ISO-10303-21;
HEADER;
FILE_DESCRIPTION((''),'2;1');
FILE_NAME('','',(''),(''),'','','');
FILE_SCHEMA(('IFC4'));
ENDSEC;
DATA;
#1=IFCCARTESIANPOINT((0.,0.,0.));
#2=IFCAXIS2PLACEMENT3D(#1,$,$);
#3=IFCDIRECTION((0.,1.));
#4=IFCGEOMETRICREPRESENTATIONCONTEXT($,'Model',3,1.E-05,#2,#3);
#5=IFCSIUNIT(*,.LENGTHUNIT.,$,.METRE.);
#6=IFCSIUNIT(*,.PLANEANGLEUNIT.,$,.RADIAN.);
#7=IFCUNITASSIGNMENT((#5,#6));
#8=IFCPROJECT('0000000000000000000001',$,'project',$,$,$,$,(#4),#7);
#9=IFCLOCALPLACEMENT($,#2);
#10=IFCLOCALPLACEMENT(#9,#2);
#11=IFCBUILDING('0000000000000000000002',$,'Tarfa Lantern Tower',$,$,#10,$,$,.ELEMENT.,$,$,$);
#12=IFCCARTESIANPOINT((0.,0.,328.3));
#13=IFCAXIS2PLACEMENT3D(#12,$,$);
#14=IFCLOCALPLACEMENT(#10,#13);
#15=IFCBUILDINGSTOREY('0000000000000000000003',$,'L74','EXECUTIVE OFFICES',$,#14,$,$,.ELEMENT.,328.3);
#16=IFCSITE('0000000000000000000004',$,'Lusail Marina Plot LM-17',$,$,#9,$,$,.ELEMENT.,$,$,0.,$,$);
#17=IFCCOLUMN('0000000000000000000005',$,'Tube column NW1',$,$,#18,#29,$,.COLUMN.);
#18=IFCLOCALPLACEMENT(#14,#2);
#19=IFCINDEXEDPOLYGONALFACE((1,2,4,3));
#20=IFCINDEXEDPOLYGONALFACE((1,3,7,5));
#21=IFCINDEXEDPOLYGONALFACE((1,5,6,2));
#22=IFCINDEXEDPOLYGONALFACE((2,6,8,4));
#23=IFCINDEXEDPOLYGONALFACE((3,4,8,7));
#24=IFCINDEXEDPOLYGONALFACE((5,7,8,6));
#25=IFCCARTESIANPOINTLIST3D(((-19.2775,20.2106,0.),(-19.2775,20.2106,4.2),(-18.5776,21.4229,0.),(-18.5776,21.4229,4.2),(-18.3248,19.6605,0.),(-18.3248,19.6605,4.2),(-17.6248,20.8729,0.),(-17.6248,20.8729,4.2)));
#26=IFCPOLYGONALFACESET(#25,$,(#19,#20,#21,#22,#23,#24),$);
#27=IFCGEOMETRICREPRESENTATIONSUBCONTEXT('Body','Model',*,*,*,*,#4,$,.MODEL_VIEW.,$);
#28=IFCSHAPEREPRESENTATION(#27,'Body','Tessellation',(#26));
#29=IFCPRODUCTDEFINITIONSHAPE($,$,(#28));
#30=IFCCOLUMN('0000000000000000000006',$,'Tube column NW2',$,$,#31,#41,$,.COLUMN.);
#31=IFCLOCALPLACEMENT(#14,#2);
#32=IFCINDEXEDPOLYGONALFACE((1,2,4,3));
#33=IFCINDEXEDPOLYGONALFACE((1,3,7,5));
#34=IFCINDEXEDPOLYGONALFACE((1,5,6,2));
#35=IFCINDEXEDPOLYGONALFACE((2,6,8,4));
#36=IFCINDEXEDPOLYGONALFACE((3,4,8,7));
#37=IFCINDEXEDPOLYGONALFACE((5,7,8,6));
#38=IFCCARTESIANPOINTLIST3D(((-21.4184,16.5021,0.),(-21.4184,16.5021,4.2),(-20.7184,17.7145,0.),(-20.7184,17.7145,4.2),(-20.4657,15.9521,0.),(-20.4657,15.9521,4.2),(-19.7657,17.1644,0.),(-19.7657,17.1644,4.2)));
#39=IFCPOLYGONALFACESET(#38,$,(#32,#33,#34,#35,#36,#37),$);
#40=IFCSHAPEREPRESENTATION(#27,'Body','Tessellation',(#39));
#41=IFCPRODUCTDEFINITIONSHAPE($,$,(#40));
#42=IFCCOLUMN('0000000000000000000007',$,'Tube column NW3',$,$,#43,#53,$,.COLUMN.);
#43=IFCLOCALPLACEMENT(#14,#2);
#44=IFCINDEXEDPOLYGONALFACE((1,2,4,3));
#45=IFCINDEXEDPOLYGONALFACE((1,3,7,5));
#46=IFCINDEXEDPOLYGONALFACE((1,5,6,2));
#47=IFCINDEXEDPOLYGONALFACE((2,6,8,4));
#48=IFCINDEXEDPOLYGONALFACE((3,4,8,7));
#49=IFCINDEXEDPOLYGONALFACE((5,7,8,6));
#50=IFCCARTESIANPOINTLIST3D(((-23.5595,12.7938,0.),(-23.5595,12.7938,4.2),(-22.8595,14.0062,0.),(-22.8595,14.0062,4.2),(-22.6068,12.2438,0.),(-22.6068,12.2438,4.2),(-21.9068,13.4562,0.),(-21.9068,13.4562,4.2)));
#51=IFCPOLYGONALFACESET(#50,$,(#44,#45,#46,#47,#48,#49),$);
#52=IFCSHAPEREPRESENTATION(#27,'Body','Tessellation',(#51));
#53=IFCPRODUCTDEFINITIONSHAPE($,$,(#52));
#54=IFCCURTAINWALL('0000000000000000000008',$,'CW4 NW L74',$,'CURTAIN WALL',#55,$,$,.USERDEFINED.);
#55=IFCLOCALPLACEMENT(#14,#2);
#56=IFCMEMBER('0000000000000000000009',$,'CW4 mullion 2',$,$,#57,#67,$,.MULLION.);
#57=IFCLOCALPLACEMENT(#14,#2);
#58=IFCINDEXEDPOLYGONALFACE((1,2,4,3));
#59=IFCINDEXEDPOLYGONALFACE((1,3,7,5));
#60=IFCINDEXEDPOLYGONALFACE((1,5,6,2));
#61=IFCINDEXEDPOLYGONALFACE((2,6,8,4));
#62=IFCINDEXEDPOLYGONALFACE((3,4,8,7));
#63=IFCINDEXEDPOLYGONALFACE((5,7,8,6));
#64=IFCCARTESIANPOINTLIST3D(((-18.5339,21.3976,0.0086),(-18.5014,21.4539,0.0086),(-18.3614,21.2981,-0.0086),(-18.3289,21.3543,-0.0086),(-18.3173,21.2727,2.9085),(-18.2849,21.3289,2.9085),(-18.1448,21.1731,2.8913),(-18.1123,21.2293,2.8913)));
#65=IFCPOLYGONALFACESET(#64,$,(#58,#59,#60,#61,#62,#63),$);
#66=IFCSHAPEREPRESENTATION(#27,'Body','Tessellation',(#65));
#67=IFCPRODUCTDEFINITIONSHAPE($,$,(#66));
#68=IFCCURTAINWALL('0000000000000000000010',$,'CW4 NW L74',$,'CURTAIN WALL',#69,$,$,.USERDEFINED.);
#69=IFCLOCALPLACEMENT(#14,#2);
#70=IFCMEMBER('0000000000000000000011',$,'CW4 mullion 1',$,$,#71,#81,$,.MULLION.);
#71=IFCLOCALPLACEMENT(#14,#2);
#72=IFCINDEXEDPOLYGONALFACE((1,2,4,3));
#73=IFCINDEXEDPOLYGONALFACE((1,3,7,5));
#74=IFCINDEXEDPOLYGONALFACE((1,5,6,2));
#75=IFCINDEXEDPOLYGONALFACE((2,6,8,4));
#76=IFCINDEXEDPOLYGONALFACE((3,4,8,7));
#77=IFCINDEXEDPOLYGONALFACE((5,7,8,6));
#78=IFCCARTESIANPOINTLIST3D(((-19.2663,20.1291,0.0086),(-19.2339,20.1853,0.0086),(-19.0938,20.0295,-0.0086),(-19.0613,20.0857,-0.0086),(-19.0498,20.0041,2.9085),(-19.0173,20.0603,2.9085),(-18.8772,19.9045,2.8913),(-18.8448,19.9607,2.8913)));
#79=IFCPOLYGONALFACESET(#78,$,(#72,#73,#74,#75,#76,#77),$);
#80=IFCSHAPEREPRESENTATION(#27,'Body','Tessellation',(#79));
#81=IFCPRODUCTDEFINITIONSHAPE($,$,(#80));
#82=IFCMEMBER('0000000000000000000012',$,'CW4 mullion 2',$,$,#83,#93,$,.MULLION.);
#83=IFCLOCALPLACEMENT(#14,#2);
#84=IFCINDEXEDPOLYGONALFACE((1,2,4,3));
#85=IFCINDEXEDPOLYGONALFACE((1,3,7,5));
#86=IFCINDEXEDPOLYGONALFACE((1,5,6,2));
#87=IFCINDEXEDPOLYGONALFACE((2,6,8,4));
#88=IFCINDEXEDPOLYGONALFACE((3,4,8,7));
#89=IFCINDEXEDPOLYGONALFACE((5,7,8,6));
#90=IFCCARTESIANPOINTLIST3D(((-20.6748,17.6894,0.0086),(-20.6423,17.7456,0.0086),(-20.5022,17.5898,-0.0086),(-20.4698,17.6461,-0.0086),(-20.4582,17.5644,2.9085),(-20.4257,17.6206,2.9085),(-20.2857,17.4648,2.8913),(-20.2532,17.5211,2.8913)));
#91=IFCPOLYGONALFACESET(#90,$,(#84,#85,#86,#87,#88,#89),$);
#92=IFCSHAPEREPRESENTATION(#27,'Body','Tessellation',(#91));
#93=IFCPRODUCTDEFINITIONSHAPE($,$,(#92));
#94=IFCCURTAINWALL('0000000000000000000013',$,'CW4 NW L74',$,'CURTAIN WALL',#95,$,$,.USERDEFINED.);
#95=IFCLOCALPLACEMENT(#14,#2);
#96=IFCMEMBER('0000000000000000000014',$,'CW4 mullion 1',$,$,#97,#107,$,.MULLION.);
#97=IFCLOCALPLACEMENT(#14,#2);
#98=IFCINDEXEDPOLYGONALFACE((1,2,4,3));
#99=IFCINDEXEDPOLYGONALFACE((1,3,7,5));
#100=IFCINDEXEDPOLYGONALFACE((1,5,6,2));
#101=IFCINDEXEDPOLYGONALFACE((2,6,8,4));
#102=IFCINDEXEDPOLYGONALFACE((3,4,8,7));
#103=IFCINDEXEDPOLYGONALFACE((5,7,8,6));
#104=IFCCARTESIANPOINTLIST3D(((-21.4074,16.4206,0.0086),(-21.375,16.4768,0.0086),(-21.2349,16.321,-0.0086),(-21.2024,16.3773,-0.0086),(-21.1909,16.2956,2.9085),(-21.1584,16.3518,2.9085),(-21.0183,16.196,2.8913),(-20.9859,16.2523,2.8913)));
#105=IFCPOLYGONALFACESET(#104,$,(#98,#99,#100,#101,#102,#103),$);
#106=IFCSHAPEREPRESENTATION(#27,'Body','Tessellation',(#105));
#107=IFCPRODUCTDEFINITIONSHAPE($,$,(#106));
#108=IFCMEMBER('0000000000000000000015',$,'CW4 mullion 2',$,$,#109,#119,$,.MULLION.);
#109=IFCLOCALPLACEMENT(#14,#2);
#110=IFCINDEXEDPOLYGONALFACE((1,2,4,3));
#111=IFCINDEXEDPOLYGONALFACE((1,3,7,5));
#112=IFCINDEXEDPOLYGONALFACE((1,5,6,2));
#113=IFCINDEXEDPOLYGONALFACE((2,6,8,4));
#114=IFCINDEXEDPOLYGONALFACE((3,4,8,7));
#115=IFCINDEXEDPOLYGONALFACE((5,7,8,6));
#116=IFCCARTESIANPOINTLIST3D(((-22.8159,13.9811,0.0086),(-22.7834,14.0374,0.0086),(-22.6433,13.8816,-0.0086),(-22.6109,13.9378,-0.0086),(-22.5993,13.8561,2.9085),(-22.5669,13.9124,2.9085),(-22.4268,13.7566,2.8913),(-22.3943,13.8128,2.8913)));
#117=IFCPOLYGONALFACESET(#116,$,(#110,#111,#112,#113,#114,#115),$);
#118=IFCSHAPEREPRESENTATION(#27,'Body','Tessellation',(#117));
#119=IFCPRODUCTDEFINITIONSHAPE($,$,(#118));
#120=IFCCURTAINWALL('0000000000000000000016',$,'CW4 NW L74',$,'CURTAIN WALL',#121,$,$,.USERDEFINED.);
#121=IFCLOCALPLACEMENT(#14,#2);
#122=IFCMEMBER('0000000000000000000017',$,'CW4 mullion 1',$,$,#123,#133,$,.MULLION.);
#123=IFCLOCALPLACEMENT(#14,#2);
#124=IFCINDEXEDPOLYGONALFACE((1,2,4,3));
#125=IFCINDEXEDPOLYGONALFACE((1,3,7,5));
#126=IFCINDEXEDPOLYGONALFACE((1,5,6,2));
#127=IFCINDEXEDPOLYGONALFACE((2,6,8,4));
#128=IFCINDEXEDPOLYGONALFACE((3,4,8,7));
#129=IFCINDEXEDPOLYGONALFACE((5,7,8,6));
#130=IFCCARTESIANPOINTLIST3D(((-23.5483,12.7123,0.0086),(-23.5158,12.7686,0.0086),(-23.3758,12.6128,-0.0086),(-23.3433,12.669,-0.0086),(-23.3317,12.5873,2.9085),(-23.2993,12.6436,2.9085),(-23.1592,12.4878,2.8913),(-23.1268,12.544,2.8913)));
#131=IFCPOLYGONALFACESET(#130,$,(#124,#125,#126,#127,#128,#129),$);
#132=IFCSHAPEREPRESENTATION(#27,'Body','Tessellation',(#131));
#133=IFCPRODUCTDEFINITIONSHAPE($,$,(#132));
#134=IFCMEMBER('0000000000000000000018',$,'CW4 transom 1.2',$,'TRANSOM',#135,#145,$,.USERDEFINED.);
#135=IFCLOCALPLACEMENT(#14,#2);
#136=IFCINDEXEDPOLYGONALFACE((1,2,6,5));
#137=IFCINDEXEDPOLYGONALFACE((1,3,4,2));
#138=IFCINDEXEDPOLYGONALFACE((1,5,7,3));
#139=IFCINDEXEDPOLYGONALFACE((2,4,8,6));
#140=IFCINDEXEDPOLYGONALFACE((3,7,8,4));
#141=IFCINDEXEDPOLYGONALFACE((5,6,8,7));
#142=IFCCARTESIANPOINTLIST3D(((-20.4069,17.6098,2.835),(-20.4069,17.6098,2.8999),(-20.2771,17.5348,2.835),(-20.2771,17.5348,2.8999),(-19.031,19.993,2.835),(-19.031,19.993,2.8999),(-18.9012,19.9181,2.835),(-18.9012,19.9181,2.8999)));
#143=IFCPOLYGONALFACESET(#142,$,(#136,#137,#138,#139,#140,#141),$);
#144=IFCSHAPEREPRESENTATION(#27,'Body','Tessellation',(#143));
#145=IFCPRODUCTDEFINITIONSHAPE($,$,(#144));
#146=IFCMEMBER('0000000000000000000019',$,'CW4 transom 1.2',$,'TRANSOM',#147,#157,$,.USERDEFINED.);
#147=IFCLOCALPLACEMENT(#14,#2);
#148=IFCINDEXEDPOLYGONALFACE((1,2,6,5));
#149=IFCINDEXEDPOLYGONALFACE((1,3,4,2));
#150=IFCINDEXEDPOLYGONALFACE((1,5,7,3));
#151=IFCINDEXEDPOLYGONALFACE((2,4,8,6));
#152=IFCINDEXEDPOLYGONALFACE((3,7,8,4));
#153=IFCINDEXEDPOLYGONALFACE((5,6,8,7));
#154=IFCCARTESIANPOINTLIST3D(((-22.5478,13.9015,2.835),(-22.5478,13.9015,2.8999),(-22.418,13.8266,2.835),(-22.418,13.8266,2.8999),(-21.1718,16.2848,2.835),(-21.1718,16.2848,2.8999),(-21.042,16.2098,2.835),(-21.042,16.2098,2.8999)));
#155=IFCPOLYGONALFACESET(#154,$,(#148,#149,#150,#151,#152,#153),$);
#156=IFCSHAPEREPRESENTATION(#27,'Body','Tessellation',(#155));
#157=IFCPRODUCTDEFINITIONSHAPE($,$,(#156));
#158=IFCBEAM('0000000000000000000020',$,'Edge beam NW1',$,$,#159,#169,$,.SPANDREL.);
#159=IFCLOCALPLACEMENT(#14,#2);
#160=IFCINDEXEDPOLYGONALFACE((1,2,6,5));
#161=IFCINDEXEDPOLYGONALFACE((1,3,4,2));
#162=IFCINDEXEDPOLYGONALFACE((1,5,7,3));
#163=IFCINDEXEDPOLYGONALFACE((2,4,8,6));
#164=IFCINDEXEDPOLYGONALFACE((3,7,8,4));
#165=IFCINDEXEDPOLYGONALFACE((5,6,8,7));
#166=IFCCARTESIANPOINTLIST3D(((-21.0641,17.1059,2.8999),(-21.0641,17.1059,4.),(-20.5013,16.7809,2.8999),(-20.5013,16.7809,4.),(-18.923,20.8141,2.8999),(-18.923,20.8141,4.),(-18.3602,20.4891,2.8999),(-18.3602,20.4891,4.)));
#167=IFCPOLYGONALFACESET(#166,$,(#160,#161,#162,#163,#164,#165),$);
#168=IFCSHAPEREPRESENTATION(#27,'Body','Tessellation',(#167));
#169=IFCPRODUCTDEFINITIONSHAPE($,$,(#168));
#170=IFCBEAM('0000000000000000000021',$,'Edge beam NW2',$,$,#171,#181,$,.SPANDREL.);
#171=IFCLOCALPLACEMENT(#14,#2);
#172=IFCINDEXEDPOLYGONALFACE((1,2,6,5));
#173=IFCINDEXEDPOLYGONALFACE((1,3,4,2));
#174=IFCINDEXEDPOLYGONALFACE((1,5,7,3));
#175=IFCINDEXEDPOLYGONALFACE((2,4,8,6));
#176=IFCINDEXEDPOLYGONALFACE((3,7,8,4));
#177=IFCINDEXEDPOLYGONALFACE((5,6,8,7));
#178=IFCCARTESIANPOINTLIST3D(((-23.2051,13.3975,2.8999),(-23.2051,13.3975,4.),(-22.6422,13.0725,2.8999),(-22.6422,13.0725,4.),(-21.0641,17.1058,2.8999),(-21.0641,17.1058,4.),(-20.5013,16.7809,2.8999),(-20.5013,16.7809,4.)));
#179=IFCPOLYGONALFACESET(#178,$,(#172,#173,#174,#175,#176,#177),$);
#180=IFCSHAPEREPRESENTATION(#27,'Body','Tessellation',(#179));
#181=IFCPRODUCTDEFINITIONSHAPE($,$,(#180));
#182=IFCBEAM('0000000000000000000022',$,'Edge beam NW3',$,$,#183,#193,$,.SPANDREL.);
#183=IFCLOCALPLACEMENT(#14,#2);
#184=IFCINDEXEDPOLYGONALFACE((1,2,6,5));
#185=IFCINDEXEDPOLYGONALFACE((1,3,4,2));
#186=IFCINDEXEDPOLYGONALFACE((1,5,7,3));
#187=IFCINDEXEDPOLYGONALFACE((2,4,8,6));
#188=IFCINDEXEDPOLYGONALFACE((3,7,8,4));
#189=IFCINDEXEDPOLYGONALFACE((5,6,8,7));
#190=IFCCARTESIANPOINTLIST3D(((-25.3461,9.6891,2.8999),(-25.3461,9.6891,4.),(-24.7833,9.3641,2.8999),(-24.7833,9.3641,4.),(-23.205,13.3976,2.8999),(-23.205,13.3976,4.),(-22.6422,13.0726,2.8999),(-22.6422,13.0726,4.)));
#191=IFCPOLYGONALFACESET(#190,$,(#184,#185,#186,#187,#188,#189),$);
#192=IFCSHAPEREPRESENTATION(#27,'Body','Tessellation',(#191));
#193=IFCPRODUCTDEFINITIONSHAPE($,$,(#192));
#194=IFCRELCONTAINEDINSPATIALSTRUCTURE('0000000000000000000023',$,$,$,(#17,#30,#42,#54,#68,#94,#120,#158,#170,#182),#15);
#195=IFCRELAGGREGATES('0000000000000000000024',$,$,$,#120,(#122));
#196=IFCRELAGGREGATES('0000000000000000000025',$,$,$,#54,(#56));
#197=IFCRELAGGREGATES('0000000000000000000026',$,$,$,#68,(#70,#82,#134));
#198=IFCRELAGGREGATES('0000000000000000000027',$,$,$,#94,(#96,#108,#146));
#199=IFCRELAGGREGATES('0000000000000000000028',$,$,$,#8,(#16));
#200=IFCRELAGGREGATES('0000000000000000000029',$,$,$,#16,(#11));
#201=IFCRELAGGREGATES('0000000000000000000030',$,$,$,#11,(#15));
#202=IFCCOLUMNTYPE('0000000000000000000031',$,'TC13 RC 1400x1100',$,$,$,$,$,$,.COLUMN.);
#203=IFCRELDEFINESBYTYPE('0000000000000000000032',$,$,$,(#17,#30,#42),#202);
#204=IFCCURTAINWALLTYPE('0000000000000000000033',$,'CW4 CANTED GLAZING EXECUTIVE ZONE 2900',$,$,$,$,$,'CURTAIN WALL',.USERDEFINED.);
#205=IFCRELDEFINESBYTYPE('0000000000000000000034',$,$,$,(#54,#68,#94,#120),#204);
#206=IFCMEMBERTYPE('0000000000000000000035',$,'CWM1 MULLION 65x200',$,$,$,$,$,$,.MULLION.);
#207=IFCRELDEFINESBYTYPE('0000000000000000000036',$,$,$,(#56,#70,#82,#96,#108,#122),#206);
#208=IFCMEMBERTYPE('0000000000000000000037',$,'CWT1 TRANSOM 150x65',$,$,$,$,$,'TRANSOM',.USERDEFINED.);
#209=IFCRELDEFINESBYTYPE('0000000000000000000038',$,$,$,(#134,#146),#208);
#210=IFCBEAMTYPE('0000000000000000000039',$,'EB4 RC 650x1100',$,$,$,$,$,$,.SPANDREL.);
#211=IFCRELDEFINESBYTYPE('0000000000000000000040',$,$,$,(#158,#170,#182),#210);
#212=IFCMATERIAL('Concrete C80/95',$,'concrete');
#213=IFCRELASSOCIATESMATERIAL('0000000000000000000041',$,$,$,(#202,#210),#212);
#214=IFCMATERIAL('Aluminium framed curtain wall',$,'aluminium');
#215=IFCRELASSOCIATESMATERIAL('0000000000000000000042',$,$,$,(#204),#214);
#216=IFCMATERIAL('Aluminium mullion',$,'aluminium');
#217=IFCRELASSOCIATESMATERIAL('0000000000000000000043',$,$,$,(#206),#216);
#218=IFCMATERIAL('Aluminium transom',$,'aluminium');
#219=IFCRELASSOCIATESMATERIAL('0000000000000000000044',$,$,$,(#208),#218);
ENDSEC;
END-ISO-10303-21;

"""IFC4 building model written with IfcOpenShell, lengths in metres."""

from ifc_helpers import new_model, si_unit, direction, frame, origin, origin_2d, place, context, subcontext, project, spatial, rectangle, extrude, material, material_profile, profile_set, type_object, element, aggregate, save


model = new_model("IFC4")

# Units and contexts
model_context = context("Model", 3, precision=1e-05, world=origin(), true_north=direction((0.0, 1.0)))
body_context = subcontext(model_context, "Body", "Model", "MODEL_VIEW")
ifc_project = project(units=[si_unit("LENGTHUNIT", "METRE"), si_unit("PLANEANGLEUNIT", "RADIAN")], contexts=[model_context])

# Site, building, storey
site_placement = place(None, origin())
site = spatial("IfcSite", under=ifc_project, at=site_placement, Name="Lusail Marina Plot LM-17", CompositionType="ELEMENT", RefElevation=0.0)
building_placement = place(site_placement, origin())
building = spatial("IfcBuilding", under=site, at=building_placement, Name="Tarfa Lantern Tower", CompositionType="ELEMENT")
storey_placement = place(building_placement, frame((0.0, 0.0, 328.3)))
storey = spatial("IfcBuildingStorey", under=building, at=storey_placement, Name="L74", Description="EXECUTIVE OFFICES", CompositionType="ELEMENT", Elevation=328.3)

# Columns
ifc_material_1 = material(Name="Concrete C80/95", Category="concrete")
ifc_material_profile_1 = material_profile(ifc_material_1, rectangle(XDim=1.3999, YDim=1.1001, at=origin_2d()), Name="RC 1400x1100")
ifc_profile_set_1 = profile_set([ifc_material_profile_1], Name="Concrete C80/95")
column_type = type_object("IfcColumnType", Name="TC13 RC 1400x1100", PredefinedType="COLUMN", material=ifc_profile_set_1)
for number, where, z_axis, x_axis, name in (
    (1, (-18.4512, 20.5417, 0.0), (0.0, 0.0, 1.0), (-0.5, -0.866025, 0.0), "Tube column NW1"),
    (2, (-20.592, 16.8333, 0.0), (0.0, 0.0, 1.0), (-0.5, -0.866025, 0.0), "Tube column NW2"),
    (3, (-22.7332, 13.125, 0.0), (0.0, 0.0, 1.0), (-0.5, -0.866025, 0.0), "Tube column NW3"),
):
    element("IfcColumn", number, at=place(storey_placement, frame(where, z_axis=z_axis, x_axis=x_axis)), inside=storey, type_object=column_type, Name=name, PredefinedType="COLUMN", context=body_context, shape_type="SweptSolid", body=[
        extrude(rectangle(XDim=1.3999, YDim=1.1001, at=origin_2d()), origin(), (0.0, 0.0, 1.0), 4.2),
    ])

# Curtain wall, member
ifc_material_2 = material(Name="Aluminium framed curtain wall", Category="aluminium")
curtain_wall_type = type_object("IfcCurtainWallType", Name="CW4 CANTED GLAZING EXECUTIVE ZONE 2900", ElementType="CURTAIN WALL", PredefinedType="USERDEFINED", material=ifc_material_2)
curtain_wall_1_placement = place(storey_placement, origin())
curtain_wall_1 = element("IfcCurtainWall", 4, at=curtain_wall_1_placement, inside=storey, type_object=curtain_wall_type, Name="CW4 NW L74", ObjectType="CURTAIN WALL", PredefinedType="USERDEFINED")
ifc_material_3 = material(Name="Aluminium mullion", Category="aluminium")
ifc_material_profile_2 = material_profile(ifc_material_3, rectangle(XDim=0.0649, YDim=0.2, at=origin_2d()), Name="AL MULLION 65x200")
ifc_profile_set_2 = profile_set([ifc_material_profile_2], Name="Aluminium mullion")
member_type_1 = type_object("IfcMemberType", Name="CWM1 MULLION 65x200", PredefinedType="MULLION", material=ifc_profile_set_2)
member_1_placement = place(storey_placement, frame((-18.4314, 21.376, 0.0), z_axis=(0.0744, -0.042946, 0.996303), x_axis=(0.49992, 0.866072, 0.0)))
member_1 = element("IfcMember", 5, at=member_1_placement, type_object=member_type_1, Name="CW4 mullion 2", PredefinedType="MULLION", context=body_context, shape_type="SweptSolid", body=[
    extrude(rectangle(XDim=0.0649, YDim=0.2, at=origin_2d()), origin(), (0.0, 0.0, 1.0), 2.9106),
])

# Curtain walls, members
curtain_wall_2_placement = place(storey_placement, origin())
curtain_wall_2 = element("IfcCurtainWall", 6, at=curtain_wall_2_placement, inside=storey, type_object=curtain_wall_type, Name="CW4 NW L74", ObjectType="CURTAIN WALL", PredefinedType="USERDEFINED")
member_2_placement = place(storey_placement, frame((-19.1638, 20.1074, 0.0), z_axis=(0.0744, -0.042946, 0.996303), x_axis=(0.49992, 0.866072, 0.0)))
member_2 = element("IfcMember", 7, at=member_2_placement, type_object=member_type_1, Name="CW4 mullion 1", PredefinedType="MULLION", context=body_context, shape_type="SweptSolid", body=[
    extrude(rectangle(XDim=0.0649, YDim=0.2, at=origin_2d()), origin(), (0.0, 0.0, 1.0), 2.9106),
])
member_3_placement = place(storey_placement, frame((-20.5723, 17.6677, 0.0), z_axis=(0.0744, -0.042946, 0.996303), x_axis=(0.49992, 0.866072, 0.0)))
member_3 = element("IfcMember", 8, at=member_3_placement, type_object=member_type_1, Name="CW4 mullion 2", PredefinedType="MULLION", context=body_context, shape_type="SweptSolid", body=[
    extrude(rectangle(XDim=0.0649, YDim=0.2, at=origin_2d()), origin(), (0.0, 0.0, 1.0), 2.9106),
])
curtain_wall_3_placement = place(storey_placement, origin())
curtain_wall_3 = element("IfcCurtainWall", 9, at=curtain_wall_3_placement, inside=storey, type_object=curtain_wall_type, Name="CW4 NW L74", ObjectType="CURTAIN WALL", PredefinedType="USERDEFINED")
member_4_placement = place(storey_placement, frame((-21.3049, 16.3989, 0.0), z_axis=(0.0744, -0.042946, 0.996303), x_axis=(0.49992, 0.866072, 0.0)))
member_4 = element("IfcMember", 10, at=member_4_placement, type_object=member_type_1, Name="CW4 mullion 1", PredefinedType="MULLION", context=body_context, shape_type="SweptSolid", body=[
    extrude(rectangle(XDim=0.0649, YDim=0.2, at=origin_2d()), origin(), (0.0, 0.0, 1.0), 2.9106),
])
member_5_placement = place(storey_placement, frame((-22.7134, 13.9595, 0.0), z_axis=(0.0744, -0.042946, 0.996303), x_axis=(0.49992, 0.866072, 0.0)))
member_5 = element("IfcMember", 11, at=member_5_placement, type_object=member_type_1, Name="CW4 mullion 2", PredefinedType="MULLION", context=body_context, shape_type="SweptSolid", body=[
    extrude(rectangle(XDim=0.0649, YDim=0.2, at=origin_2d()), origin(), (0.0, 0.0, 1.0), 2.9106),
])

# Curtain wall, member
curtain_wall_4_placement = place(storey_placement, origin())
curtain_wall_4 = element("IfcCurtainWall", 12, at=curtain_wall_4_placement, inside=storey, type_object=curtain_wall_type, Name="CW4 NW L74", ObjectType="CURTAIN WALL", PredefinedType="USERDEFINED")
member_6_placement = place(storey_placement, frame((-23.4458, 12.6907, 0.0), z_axis=(0.0744, -0.042946, 0.996303), x_axis=(0.49992, 0.866072, 0.0)))
member_6 = element("IfcMember", 13, at=member_6_placement, type_object=member_type_1, Name="CW4 mullion 1", PredefinedType="MULLION", context=body_context, shape_type="SweptSolid", body=[
    extrude(rectangle(XDim=0.0649, YDim=0.2, at=origin_2d()), origin(), (0.0, 0.0, 1.0), 2.9106),
])
aggregate(curtain_wall_4, [member_6])

# Members
ifc_material_4 = material(Name="Aluminium transom", Category="aluminium")
ifc_material_profile_3 = material_profile(ifc_material_4, rectangle(XDim=0.1499, YDim=0.0649, at=origin_2d()), Name="AL TRANSOM 150x65")
ifc_profile_set_3 = profile_set([ifc_material_profile_3], Name="Aluminium transom")
member_type_2 = type_object("IfcMemberType", Name="CWT1 TRANSOM 150x65", ElementType="TRANSOM", PredefinedType="USERDEFINED", material=ifc_profile_set_3)
member_7_placement = place(storey_placement, frame((-18.9661, 19.9556, 2.8674), z_axis=(-0.499994, -0.866029, 0.0), x_axis=(0.866029, -0.499994, 0.0)))
member_7 = element("IfcMember", 14, at=member_7_placement, type_object=member_type_2, Name="CW4 transom 1.2", ObjectType="TRANSOM", PredefinedType="USERDEFINED", context=body_context, shape_type="SweptSolid", body=[
    extrude(rectangle(XDim=0.1499, YDim=0.0649, at=origin_2d()), origin(), (0.0, 0.0, 1.0), 2.752),
])
member_8_placement = place(storey_placement, frame((-21.1069, 16.2473, 2.8674), z_axis=(-0.499994, -0.866029, 0.0), x_axis=(0.866029, -0.499994, 0.0)))
member_8 = element("IfcMember", 15, at=member_8_placement, type_object=member_type_2, Name="CW4 transom 1.2", ObjectType="TRANSOM", PredefinedType="USERDEFINED", context=body_context, shape_type="SweptSolid", body=[
    extrude(rectangle(XDim=0.1499, YDim=0.0649, at=origin_2d()), origin(), (0.0, 0.0, 1.0), 2.752),
])

# Beams
ifc_material_profile_4 = material_profile(ifc_material_1, rectangle(XDim=0.6499, YDim=1.1001, at=origin_2d()), Name="RC 650x1100")
ifc_profile_set_4 = profile_set([ifc_material_profile_4], Name="Concrete C80/95")
beam_type_1 = type_object("IfcBeamType", Name="EB4 RC 650x1100", PredefinedType="SPANDREL", material=ifc_profile_set_4)
for number, where, z_axis, x_axis, name in (
    (16, (-18.6416, 20.6516, 3.45), (-0.500027, -0.86601, 0.0), (0.86601, -0.500027, 0.0), "Edge beam NW1"),
    (17, (-20.7827, 16.9434, 3.45), (-0.499984, -0.866035, 0.0), (0.866035, -0.499984, 0.0), "Edge beam NW2"),
):
    element("IfcBeam", number, at=place(storey_placement, frame(where, z_axis=z_axis, x_axis=x_axis)), inside=storey, type_object=beam_type_1, Name=name, PredefinedType="SPANDREL", context=body_context, shape_type="SweptSolid", body=[
        extrude(rectangle(XDim=0.6499, YDim=1.1001, at=origin_2d()), origin(), (0.0, 0.0, 1.0), 4.282),
    ])
beam_1_placement = place(storey_placement, frame((-22.9236, 13.2351, 3.45), z_axis=(-0.500002, -0.866024, 0.0), x_axis=(0.866024, -0.500002, 0.0)))
element("IfcBeam", 18, at=beam_1_placement, inside=storey, type_object=beam_type_1, Name="Edge beam NW3", PredefinedType="SPANDREL", context=body_context, shape_type="SweptSolid", body=[
    extrude(rectangle(XDim=0.6499, YDim=1.1001, at=origin_2d()), origin(), (0.0, 0.0, 1.0), 4.2822),
])

aggregate(curtain_wall_1, [member_1])
aggregate(curtain_wall_2, [member_2, member_3, member_7])
aggregate(curtain_wall_3, [member_4, member_5, member_8])

save(model, "model.ifc")
